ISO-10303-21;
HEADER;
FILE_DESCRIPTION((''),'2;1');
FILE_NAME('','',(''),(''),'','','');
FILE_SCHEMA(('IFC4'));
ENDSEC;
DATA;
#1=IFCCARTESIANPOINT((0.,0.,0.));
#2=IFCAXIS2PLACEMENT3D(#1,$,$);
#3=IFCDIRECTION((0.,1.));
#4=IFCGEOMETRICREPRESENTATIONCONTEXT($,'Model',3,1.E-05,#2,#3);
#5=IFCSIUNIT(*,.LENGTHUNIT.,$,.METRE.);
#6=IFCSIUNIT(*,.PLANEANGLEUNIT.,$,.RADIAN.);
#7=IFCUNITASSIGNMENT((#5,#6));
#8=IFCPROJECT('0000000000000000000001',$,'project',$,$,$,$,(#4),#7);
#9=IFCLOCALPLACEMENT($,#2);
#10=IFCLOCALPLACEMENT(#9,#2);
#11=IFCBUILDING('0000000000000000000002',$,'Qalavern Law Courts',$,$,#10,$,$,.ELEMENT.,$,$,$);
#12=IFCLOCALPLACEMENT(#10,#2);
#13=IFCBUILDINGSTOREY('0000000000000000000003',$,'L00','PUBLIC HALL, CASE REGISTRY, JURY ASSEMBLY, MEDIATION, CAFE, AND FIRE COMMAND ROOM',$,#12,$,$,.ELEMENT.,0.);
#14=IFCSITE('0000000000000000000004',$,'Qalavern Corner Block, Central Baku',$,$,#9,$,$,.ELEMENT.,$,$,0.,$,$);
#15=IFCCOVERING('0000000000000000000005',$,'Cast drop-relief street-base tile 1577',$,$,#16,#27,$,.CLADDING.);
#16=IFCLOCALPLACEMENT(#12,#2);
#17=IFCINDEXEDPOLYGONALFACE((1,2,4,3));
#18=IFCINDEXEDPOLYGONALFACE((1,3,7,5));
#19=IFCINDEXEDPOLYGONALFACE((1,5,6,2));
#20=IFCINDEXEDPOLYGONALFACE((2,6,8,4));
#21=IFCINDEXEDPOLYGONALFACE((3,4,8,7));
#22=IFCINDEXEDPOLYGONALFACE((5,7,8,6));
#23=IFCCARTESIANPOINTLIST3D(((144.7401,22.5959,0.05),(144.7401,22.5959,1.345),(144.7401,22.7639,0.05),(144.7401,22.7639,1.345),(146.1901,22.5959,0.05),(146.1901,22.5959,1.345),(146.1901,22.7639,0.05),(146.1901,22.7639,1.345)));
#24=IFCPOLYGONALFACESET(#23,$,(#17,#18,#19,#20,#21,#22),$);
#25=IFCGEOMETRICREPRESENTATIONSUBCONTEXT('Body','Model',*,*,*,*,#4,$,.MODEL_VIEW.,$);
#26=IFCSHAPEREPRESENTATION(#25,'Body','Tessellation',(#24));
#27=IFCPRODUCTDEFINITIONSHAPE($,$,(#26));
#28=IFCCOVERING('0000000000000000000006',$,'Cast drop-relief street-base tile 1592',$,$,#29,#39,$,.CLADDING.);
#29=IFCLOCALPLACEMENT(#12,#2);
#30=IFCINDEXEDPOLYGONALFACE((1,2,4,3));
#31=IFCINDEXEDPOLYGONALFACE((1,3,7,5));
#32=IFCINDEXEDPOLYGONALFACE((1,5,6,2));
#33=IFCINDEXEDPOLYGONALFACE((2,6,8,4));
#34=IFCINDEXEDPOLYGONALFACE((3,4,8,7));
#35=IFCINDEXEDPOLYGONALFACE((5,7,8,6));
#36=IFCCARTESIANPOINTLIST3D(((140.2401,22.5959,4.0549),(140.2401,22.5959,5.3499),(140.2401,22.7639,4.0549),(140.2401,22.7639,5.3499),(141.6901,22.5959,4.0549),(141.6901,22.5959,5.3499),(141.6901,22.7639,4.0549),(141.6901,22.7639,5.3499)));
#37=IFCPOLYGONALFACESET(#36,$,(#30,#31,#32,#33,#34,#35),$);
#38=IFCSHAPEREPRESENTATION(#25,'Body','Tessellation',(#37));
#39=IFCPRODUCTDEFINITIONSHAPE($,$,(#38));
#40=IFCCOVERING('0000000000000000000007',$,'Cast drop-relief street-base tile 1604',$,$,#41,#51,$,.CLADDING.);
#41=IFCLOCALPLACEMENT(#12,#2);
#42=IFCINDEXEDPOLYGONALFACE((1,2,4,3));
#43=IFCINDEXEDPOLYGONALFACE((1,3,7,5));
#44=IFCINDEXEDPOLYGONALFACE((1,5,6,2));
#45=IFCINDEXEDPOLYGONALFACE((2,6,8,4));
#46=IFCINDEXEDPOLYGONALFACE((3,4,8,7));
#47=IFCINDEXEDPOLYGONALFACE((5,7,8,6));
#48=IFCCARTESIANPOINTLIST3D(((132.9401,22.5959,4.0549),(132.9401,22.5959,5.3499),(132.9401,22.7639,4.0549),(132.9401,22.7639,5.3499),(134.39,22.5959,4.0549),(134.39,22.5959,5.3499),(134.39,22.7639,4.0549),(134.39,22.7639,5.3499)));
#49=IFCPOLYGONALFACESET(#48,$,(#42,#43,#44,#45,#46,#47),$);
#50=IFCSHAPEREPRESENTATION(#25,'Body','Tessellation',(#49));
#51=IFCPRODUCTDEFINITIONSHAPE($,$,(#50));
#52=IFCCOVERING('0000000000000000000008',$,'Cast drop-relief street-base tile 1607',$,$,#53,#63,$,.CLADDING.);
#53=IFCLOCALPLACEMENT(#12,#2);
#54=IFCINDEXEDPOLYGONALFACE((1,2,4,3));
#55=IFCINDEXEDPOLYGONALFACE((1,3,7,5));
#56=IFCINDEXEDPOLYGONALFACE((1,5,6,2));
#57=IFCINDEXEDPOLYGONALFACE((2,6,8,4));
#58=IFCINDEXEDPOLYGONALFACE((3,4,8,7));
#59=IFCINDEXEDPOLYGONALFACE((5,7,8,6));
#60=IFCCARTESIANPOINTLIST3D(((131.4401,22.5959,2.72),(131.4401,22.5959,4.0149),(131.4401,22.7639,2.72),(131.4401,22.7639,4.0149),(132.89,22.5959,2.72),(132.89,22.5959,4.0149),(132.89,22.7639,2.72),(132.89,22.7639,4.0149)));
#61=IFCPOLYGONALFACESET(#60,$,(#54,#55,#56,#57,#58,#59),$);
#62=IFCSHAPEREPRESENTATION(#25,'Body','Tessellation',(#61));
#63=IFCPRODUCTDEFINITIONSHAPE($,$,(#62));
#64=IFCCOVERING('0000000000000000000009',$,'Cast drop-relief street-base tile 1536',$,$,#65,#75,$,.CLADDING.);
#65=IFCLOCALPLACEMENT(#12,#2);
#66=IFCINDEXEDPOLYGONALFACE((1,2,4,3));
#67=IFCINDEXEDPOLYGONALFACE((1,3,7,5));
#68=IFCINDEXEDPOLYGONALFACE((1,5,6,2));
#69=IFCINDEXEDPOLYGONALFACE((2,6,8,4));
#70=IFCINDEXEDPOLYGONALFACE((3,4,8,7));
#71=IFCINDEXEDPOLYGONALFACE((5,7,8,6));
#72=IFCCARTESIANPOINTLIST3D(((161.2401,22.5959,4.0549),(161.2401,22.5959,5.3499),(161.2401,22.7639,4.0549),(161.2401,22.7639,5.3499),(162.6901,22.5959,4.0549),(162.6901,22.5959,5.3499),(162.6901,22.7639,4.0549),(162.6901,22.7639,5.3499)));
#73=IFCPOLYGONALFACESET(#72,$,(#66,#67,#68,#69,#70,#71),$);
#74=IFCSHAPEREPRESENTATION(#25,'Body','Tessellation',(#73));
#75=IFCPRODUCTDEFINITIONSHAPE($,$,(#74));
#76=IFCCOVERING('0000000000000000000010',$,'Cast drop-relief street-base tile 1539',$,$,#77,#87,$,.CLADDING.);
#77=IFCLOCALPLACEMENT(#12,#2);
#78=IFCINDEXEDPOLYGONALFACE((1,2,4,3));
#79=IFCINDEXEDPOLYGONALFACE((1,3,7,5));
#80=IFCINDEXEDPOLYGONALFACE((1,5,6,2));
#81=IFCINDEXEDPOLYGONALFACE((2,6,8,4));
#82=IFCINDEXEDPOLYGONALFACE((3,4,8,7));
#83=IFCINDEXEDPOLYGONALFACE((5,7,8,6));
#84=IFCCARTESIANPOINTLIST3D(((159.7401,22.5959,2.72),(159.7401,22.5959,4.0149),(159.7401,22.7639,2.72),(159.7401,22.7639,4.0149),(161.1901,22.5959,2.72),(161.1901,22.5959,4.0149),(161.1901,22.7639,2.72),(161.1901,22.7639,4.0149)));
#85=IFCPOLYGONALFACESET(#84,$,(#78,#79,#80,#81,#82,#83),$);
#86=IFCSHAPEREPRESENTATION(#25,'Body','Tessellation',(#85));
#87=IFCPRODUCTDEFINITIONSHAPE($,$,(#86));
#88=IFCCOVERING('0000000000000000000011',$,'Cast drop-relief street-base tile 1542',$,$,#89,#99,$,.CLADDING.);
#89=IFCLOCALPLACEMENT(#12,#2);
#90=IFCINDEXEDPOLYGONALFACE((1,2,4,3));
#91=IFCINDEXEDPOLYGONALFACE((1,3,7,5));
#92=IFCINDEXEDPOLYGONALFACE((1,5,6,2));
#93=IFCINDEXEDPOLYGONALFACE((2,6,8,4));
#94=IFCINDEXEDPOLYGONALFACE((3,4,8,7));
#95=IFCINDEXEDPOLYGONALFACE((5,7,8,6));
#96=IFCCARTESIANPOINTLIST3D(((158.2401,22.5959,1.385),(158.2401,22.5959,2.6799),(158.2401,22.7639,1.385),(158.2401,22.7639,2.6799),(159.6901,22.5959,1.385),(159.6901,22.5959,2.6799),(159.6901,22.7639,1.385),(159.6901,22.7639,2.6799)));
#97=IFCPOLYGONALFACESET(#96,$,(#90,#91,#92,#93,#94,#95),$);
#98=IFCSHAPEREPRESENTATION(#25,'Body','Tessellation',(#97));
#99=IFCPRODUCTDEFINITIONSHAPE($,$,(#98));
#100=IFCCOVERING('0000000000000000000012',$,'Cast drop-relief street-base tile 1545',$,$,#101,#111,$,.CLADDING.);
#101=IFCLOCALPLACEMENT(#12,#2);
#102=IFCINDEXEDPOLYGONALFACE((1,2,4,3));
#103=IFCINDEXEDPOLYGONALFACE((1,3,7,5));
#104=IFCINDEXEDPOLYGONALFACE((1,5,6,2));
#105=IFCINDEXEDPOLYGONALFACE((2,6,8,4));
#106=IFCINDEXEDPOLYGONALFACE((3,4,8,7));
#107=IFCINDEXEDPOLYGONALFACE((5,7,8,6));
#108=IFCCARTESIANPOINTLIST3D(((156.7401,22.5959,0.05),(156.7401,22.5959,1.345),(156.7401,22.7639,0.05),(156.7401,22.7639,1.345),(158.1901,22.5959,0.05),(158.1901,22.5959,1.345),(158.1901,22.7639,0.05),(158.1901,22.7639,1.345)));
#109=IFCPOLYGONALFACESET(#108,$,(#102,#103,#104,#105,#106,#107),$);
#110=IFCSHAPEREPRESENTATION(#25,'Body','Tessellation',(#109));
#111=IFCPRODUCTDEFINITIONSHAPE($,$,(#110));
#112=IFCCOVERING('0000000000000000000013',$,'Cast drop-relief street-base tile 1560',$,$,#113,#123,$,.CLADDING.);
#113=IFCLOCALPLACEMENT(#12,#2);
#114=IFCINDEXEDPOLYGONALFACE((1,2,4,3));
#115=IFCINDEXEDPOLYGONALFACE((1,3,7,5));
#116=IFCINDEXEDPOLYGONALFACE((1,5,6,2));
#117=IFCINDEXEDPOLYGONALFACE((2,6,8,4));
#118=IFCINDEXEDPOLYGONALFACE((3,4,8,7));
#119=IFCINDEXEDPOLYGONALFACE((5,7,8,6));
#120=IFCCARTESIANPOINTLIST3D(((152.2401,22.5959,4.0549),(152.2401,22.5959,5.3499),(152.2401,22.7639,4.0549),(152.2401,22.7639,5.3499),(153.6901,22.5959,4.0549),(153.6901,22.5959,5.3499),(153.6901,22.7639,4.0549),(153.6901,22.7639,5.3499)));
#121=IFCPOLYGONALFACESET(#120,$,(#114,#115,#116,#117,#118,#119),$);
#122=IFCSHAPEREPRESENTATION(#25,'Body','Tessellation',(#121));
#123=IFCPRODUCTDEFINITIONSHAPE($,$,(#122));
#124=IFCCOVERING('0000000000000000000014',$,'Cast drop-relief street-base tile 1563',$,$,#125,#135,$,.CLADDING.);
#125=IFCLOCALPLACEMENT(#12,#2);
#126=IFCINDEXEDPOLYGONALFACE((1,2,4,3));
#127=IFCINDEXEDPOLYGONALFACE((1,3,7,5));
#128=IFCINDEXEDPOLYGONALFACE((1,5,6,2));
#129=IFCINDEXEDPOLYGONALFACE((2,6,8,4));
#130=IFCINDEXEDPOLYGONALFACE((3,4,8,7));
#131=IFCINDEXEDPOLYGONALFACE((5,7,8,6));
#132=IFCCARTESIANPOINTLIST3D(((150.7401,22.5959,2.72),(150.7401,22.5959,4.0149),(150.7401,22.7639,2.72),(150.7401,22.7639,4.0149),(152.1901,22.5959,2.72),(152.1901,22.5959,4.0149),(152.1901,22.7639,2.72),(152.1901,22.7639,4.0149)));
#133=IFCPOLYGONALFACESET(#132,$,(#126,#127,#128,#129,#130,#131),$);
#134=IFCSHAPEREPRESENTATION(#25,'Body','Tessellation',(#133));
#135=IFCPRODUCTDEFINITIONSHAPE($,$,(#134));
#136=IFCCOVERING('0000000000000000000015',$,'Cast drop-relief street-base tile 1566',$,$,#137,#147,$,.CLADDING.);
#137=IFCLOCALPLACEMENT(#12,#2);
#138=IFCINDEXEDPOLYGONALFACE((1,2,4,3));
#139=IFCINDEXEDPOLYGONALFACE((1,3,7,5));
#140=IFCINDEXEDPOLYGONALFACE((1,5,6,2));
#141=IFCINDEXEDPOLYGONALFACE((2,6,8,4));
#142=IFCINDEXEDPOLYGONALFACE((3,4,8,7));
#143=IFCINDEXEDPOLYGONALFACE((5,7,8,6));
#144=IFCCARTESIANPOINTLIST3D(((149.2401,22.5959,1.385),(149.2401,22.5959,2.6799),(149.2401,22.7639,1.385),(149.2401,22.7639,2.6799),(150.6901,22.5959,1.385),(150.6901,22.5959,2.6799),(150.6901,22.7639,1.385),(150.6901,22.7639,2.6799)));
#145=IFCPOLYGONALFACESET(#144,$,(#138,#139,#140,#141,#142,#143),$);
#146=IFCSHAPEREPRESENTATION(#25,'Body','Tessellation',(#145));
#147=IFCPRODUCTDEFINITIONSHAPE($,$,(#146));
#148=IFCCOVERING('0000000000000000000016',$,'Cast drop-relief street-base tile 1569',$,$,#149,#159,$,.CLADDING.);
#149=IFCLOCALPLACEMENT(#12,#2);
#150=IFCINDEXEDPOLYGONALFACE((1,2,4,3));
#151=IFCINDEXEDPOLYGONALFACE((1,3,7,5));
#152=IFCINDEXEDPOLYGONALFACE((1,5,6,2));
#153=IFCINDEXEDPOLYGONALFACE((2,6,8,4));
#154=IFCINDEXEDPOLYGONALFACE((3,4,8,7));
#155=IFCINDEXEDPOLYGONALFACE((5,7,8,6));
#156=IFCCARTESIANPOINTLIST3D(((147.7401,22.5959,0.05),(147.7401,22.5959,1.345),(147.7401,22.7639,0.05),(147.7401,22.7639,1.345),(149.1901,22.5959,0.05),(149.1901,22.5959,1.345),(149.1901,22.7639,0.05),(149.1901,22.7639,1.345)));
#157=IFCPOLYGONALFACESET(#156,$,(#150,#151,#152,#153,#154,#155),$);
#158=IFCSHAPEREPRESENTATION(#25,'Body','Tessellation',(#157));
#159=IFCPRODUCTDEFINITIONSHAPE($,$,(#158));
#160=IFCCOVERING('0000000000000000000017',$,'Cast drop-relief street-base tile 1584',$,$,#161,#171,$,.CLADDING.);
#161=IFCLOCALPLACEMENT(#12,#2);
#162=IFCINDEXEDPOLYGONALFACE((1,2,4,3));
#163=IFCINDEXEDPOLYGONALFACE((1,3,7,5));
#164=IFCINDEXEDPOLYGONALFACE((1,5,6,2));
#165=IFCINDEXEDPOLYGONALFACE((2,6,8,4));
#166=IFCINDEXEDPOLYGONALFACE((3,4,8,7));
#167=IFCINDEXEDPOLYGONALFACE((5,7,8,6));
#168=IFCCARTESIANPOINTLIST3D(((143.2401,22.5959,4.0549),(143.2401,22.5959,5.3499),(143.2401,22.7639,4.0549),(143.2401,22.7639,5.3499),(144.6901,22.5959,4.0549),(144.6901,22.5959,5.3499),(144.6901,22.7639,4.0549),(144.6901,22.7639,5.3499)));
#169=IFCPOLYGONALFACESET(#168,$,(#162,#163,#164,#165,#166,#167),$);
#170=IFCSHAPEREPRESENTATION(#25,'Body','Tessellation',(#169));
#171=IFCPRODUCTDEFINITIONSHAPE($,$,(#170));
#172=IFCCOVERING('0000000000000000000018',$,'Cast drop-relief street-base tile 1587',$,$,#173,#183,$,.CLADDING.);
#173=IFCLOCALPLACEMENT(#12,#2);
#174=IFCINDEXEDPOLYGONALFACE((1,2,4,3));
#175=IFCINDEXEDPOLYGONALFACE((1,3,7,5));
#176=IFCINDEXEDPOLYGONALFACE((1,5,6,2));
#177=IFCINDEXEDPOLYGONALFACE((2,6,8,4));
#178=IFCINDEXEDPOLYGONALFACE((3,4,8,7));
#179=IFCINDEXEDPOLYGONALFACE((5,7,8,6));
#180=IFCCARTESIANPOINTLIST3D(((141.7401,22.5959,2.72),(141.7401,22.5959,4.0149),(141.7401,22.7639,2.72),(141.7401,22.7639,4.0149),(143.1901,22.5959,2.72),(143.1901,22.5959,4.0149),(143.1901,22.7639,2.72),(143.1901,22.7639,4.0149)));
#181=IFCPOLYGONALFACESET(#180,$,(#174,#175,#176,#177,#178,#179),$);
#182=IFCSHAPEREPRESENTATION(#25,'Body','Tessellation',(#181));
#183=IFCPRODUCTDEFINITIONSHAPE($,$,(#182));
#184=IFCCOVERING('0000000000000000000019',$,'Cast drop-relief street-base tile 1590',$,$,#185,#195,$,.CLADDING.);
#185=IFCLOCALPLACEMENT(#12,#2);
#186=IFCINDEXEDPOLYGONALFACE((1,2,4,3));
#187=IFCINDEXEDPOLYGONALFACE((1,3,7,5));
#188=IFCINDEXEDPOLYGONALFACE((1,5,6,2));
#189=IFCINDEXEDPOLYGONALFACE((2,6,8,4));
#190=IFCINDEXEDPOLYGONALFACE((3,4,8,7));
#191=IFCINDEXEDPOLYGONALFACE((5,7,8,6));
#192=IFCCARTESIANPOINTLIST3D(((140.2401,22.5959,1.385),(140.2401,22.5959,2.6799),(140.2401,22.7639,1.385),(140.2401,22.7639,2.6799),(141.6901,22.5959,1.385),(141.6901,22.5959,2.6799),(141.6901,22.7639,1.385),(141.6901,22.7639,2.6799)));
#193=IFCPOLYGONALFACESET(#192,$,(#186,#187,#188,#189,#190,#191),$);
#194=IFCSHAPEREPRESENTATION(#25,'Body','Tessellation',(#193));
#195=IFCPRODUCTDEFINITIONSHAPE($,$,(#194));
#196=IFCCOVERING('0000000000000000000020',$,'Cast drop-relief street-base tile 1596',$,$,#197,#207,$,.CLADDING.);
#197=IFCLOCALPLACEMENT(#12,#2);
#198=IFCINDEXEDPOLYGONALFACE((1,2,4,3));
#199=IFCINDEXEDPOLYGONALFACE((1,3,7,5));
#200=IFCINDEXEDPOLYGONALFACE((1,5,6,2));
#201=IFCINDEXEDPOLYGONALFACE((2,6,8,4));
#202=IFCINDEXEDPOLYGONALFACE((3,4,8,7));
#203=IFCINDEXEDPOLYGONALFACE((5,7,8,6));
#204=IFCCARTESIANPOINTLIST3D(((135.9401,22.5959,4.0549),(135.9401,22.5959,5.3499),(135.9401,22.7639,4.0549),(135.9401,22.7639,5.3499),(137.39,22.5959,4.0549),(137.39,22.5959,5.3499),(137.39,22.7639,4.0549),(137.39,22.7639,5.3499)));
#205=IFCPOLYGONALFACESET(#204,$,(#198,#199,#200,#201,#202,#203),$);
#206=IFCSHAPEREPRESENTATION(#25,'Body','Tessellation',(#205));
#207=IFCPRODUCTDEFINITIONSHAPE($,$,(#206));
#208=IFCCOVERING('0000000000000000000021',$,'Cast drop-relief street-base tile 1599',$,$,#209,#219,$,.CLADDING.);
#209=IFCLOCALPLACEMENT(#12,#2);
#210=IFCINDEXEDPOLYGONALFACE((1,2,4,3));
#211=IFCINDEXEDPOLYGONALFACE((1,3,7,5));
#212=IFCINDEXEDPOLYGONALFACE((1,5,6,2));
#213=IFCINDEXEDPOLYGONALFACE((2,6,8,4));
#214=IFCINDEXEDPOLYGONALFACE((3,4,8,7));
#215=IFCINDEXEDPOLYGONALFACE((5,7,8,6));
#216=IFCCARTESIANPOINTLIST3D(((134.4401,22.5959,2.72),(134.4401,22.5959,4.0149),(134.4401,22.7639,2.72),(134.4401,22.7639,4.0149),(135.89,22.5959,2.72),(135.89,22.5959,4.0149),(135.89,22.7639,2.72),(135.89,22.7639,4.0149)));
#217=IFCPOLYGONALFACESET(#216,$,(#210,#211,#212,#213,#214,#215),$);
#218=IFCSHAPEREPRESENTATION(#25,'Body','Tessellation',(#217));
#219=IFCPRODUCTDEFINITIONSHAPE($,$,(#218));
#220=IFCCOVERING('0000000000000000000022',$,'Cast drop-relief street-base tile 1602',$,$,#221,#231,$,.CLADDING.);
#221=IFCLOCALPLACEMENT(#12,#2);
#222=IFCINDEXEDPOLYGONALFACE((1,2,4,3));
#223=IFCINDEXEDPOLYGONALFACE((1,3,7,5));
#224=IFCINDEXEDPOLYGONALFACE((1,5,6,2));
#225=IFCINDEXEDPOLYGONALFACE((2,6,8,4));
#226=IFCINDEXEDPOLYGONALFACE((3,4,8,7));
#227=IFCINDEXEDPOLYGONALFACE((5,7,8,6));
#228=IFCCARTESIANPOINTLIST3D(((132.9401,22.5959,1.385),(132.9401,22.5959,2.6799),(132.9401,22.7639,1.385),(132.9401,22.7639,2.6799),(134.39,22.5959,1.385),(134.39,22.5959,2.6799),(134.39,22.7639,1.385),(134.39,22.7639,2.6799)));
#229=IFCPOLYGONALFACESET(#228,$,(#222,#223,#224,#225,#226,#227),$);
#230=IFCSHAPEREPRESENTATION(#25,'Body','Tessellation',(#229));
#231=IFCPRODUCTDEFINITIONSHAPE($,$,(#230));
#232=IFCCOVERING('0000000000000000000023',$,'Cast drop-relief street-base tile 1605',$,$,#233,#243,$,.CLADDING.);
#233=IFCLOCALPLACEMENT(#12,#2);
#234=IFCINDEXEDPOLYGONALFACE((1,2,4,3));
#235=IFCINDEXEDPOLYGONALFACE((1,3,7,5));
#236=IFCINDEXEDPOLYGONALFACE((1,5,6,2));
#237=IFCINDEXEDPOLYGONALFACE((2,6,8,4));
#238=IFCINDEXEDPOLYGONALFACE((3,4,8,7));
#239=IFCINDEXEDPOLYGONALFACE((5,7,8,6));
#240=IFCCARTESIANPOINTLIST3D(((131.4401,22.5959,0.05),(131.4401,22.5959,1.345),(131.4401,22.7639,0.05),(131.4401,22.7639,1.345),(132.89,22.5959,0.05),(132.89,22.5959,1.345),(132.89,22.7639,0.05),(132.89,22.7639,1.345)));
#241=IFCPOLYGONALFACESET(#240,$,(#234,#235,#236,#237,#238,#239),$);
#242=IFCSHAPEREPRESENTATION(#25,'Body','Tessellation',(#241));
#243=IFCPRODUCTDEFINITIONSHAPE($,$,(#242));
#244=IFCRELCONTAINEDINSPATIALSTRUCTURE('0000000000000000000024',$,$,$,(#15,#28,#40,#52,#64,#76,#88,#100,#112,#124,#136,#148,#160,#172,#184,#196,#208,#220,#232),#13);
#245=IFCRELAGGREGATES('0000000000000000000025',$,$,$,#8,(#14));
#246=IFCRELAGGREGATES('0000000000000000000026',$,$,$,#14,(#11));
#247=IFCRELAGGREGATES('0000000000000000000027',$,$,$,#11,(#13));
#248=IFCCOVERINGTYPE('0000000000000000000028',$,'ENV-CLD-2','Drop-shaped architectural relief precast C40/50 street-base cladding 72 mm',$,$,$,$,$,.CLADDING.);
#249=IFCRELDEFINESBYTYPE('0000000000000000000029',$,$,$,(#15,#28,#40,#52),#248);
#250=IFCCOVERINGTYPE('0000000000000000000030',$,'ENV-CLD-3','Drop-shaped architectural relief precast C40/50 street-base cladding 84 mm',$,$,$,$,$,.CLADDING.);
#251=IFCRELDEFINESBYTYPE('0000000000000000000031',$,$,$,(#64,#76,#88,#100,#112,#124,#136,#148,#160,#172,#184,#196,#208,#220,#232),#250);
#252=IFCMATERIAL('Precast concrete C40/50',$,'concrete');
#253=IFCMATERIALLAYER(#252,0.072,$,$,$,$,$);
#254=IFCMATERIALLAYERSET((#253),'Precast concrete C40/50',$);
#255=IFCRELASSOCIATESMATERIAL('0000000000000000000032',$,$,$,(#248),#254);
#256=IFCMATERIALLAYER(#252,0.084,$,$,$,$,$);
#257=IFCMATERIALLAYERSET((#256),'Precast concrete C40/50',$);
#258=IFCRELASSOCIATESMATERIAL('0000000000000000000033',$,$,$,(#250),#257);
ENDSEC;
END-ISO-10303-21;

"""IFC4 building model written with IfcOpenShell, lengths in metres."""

from ifc_helpers import new_model, si_unit, direction, frame, origin, origin_2d, place, context, subcontext, project, spatial, rectangle, extrude, material, layer, layer_set, type_object, element, save


model = new_model("IFC4")

# Units and contexts
model_context = context("Model", 3, precision=1e-05, world=origin(), true_north=direction((0.0, 1.0)))
body_context = subcontext(model_context, "Body", "Model", "MODEL_VIEW")
ifc_project = project(units=[si_unit("LENGTHUNIT", "METRE"), si_unit("PLANEANGLEUNIT", "RADIAN")], contexts=[model_context])

# Site, building, storey
site_placement = place(None, origin())
site = spatial("IfcSite", under=ifc_project, at=site_placement, Name="Qalavern Corner Block, Central Baku", CompositionType="ELEMENT", RefElevation=0.0)
building_placement = place(site_placement, origin())
building = spatial("IfcBuilding", under=site, at=building_placement, Name="Qalavern Law Courts", CompositionType="ELEMENT")
storey_placement = place(building_placement, origin())
storey = spatial("IfcBuildingStorey", under=building, at=storey_placement, Name="L00", Description="PUBLIC HALL, CASE REGISTRY, JURY ASSEMBLY, MEDIATION, CAFE, AND FIRE COMMAND ROOM", CompositionType="ELEMENT", Elevation=0.0)

# Coverings
ifc_material = material(Name="Precast concrete C40/50", Category="concrete")
ifc_layer_1 = layer(ifc_material, 0.072)
ifc_layer_set_1 = layer_set([ifc_layer_1], Name="Precast concrete C40/50")
covering_type_1 = type_object("IfcCoveringType", Name="ENV-CLD-2", Description="Drop-shaped architectural relief precast C40/50 street-base cladding 72 mm", PredefinedType="CLADDING", material=ifc_layer_set_1)
for number, where, z_axis, x_axis, name in (
    (1, (145.4651, 22.6799, 0.05), (0.0, 0.0, 1.0), (-1.0, 0.0, 0.0), "Cast drop-relief street-base tile 1577"),
    (2, (140.9651, 22.6799, 4.0549), (0.0, 0.0, 1.0), (-1.0, 0.0, 0.0), "Cast drop-relief street-base tile 1592"),
    (3, (133.665, 22.6799, 4.0549), (0.0, 0.0, 1.0), (-1.0, 0.0, 0.0), "Cast drop-relief street-base tile 1604"),
    (4, (132.165, 22.6799, 2.72), (0.0, 0.0, 1.0), (-1.0, 0.0, 0.0), "Cast drop-relief street-base tile 1607"),
):
    element("IfcCovering", number, at=place(storey_placement, frame(where, z_axis=z_axis, x_axis=x_axis)), inside=storey, type_object=covering_type_1, Name=name, PredefinedType="CLADDING", context=body_context, shape_type="SweptSolid", body=[
        extrude(rectangle(XDim=1.45, YDim=0.168, at=origin_2d()), origin(), (0.0, 0.0, 1.0), 1.2949),
    ])
ifc_layer_2 = layer(ifc_material, 0.084)
ifc_layer_set_2 = layer_set([ifc_layer_2], Name="Precast concrete C40/50")
covering_type_2 = type_object("IfcCoveringType", Name="ENV-CLD-3", Description="Drop-shaped architectural relief precast C40/50 street-base cladding 84 mm", PredefinedType="CLADDING", material=ifc_layer_set_2)
for number, where, z_axis, x_axis, name in (
    (5, (161.9651, 22.6799, 4.0549), (0.0, 0.0, 1.0), (-1.0, 0.0, 0.0), "Cast drop-relief street-base tile 1536"),
    (6, (160.4651, 22.6799, 2.72), (0.0, 0.0, 1.0), (-1.0, 0.0, 0.0), "Cast drop-relief street-base tile 1539"),
    (7, (158.9651, 22.6799, 1.385), (0.0, 0.0, 1.0), (-1.0, 0.0, 0.0), "Cast drop-relief street-base tile 1542"),
    (8, (157.4651, 22.6799, 0.05), (0.0, 0.0, 1.0), (-1.0, 0.0, 0.0), "Cast drop-relief street-base tile 1545"),
    (9, (152.9651, 22.6799, 4.0549), (0.0, 0.0, 1.0), (-1.0, 0.0, 0.0), "Cast drop-relief street-base tile 1560"),
    (10, (151.4651, 22.6799, 2.72), (0.0, 0.0, 1.0), (-1.0, 0.0, 0.0), "Cast drop-relief street-base tile 1563"),
    (11, (149.9651, 22.6799, 1.385), (0.0, 0.0, 1.0), (-1.0, 0.0, 0.0), "Cast drop-relief street-base tile 1566"),
    (12, (148.4651, 22.6799, 0.05), (0.0, 0.0, 1.0), (-1.0, 0.0, 0.0), "Cast drop-relief street-base tile 1569"),
    (13, (143.9651, 22.6799, 4.0549), (0.0, 0.0, 1.0), (-1.0, 0.0, 0.0), "Cast drop-relief street-base tile 1584"),
    (14, (142.4651, 22.6799, 2.72), (0.0, 0.0, 1.0), (-1.0, 0.0, 0.0), "Cast drop-relief street-base tile 1587"),
    (15, (140.9651, 22.6799, 1.385), (0.0, 0.0, 1.0), (-1.0, 0.0, 0.0), "Cast drop-relief street-base tile 1590"),
    (16, (136.665, 22.6799, 4.0549), (0.0, 0.0, 1.0), (-1.0, 0.0, 0.0), "Cast drop-relief street-base tile 1596"),
    (17, (135.165, 22.6799, 2.72), (0.0, 0.0, 1.0), (-1.0, 0.0, 0.0), "Cast drop-relief street-base tile 1599"),
    (18, (133.665, 22.6799, 1.385), (0.0, 0.0, 1.0), (-1.0, 0.0, 0.0), "Cast drop-relief street-base tile 1602"),
    (19, (132.165, 22.6799, 0.05), (0.0, 0.0, 1.0), (-1.0, 0.0, 0.0), "Cast drop-relief street-base tile 1605"),
):
    element("IfcCovering", number, at=place(storey_placement, frame(where, z_axis=z_axis, x_axis=x_axis)), inside=storey, type_object=covering_type_2, Name=name, PredefinedType="CLADDING", context=body_context, shape_type="SweptSolid", body=[
        extrude(rectangle(XDim=1.45, YDim=0.168, at=origin_2d()), origin(), (0.0, 0.0, 1.0), 1.2949),
    ])

save(model, "model.ifc")
